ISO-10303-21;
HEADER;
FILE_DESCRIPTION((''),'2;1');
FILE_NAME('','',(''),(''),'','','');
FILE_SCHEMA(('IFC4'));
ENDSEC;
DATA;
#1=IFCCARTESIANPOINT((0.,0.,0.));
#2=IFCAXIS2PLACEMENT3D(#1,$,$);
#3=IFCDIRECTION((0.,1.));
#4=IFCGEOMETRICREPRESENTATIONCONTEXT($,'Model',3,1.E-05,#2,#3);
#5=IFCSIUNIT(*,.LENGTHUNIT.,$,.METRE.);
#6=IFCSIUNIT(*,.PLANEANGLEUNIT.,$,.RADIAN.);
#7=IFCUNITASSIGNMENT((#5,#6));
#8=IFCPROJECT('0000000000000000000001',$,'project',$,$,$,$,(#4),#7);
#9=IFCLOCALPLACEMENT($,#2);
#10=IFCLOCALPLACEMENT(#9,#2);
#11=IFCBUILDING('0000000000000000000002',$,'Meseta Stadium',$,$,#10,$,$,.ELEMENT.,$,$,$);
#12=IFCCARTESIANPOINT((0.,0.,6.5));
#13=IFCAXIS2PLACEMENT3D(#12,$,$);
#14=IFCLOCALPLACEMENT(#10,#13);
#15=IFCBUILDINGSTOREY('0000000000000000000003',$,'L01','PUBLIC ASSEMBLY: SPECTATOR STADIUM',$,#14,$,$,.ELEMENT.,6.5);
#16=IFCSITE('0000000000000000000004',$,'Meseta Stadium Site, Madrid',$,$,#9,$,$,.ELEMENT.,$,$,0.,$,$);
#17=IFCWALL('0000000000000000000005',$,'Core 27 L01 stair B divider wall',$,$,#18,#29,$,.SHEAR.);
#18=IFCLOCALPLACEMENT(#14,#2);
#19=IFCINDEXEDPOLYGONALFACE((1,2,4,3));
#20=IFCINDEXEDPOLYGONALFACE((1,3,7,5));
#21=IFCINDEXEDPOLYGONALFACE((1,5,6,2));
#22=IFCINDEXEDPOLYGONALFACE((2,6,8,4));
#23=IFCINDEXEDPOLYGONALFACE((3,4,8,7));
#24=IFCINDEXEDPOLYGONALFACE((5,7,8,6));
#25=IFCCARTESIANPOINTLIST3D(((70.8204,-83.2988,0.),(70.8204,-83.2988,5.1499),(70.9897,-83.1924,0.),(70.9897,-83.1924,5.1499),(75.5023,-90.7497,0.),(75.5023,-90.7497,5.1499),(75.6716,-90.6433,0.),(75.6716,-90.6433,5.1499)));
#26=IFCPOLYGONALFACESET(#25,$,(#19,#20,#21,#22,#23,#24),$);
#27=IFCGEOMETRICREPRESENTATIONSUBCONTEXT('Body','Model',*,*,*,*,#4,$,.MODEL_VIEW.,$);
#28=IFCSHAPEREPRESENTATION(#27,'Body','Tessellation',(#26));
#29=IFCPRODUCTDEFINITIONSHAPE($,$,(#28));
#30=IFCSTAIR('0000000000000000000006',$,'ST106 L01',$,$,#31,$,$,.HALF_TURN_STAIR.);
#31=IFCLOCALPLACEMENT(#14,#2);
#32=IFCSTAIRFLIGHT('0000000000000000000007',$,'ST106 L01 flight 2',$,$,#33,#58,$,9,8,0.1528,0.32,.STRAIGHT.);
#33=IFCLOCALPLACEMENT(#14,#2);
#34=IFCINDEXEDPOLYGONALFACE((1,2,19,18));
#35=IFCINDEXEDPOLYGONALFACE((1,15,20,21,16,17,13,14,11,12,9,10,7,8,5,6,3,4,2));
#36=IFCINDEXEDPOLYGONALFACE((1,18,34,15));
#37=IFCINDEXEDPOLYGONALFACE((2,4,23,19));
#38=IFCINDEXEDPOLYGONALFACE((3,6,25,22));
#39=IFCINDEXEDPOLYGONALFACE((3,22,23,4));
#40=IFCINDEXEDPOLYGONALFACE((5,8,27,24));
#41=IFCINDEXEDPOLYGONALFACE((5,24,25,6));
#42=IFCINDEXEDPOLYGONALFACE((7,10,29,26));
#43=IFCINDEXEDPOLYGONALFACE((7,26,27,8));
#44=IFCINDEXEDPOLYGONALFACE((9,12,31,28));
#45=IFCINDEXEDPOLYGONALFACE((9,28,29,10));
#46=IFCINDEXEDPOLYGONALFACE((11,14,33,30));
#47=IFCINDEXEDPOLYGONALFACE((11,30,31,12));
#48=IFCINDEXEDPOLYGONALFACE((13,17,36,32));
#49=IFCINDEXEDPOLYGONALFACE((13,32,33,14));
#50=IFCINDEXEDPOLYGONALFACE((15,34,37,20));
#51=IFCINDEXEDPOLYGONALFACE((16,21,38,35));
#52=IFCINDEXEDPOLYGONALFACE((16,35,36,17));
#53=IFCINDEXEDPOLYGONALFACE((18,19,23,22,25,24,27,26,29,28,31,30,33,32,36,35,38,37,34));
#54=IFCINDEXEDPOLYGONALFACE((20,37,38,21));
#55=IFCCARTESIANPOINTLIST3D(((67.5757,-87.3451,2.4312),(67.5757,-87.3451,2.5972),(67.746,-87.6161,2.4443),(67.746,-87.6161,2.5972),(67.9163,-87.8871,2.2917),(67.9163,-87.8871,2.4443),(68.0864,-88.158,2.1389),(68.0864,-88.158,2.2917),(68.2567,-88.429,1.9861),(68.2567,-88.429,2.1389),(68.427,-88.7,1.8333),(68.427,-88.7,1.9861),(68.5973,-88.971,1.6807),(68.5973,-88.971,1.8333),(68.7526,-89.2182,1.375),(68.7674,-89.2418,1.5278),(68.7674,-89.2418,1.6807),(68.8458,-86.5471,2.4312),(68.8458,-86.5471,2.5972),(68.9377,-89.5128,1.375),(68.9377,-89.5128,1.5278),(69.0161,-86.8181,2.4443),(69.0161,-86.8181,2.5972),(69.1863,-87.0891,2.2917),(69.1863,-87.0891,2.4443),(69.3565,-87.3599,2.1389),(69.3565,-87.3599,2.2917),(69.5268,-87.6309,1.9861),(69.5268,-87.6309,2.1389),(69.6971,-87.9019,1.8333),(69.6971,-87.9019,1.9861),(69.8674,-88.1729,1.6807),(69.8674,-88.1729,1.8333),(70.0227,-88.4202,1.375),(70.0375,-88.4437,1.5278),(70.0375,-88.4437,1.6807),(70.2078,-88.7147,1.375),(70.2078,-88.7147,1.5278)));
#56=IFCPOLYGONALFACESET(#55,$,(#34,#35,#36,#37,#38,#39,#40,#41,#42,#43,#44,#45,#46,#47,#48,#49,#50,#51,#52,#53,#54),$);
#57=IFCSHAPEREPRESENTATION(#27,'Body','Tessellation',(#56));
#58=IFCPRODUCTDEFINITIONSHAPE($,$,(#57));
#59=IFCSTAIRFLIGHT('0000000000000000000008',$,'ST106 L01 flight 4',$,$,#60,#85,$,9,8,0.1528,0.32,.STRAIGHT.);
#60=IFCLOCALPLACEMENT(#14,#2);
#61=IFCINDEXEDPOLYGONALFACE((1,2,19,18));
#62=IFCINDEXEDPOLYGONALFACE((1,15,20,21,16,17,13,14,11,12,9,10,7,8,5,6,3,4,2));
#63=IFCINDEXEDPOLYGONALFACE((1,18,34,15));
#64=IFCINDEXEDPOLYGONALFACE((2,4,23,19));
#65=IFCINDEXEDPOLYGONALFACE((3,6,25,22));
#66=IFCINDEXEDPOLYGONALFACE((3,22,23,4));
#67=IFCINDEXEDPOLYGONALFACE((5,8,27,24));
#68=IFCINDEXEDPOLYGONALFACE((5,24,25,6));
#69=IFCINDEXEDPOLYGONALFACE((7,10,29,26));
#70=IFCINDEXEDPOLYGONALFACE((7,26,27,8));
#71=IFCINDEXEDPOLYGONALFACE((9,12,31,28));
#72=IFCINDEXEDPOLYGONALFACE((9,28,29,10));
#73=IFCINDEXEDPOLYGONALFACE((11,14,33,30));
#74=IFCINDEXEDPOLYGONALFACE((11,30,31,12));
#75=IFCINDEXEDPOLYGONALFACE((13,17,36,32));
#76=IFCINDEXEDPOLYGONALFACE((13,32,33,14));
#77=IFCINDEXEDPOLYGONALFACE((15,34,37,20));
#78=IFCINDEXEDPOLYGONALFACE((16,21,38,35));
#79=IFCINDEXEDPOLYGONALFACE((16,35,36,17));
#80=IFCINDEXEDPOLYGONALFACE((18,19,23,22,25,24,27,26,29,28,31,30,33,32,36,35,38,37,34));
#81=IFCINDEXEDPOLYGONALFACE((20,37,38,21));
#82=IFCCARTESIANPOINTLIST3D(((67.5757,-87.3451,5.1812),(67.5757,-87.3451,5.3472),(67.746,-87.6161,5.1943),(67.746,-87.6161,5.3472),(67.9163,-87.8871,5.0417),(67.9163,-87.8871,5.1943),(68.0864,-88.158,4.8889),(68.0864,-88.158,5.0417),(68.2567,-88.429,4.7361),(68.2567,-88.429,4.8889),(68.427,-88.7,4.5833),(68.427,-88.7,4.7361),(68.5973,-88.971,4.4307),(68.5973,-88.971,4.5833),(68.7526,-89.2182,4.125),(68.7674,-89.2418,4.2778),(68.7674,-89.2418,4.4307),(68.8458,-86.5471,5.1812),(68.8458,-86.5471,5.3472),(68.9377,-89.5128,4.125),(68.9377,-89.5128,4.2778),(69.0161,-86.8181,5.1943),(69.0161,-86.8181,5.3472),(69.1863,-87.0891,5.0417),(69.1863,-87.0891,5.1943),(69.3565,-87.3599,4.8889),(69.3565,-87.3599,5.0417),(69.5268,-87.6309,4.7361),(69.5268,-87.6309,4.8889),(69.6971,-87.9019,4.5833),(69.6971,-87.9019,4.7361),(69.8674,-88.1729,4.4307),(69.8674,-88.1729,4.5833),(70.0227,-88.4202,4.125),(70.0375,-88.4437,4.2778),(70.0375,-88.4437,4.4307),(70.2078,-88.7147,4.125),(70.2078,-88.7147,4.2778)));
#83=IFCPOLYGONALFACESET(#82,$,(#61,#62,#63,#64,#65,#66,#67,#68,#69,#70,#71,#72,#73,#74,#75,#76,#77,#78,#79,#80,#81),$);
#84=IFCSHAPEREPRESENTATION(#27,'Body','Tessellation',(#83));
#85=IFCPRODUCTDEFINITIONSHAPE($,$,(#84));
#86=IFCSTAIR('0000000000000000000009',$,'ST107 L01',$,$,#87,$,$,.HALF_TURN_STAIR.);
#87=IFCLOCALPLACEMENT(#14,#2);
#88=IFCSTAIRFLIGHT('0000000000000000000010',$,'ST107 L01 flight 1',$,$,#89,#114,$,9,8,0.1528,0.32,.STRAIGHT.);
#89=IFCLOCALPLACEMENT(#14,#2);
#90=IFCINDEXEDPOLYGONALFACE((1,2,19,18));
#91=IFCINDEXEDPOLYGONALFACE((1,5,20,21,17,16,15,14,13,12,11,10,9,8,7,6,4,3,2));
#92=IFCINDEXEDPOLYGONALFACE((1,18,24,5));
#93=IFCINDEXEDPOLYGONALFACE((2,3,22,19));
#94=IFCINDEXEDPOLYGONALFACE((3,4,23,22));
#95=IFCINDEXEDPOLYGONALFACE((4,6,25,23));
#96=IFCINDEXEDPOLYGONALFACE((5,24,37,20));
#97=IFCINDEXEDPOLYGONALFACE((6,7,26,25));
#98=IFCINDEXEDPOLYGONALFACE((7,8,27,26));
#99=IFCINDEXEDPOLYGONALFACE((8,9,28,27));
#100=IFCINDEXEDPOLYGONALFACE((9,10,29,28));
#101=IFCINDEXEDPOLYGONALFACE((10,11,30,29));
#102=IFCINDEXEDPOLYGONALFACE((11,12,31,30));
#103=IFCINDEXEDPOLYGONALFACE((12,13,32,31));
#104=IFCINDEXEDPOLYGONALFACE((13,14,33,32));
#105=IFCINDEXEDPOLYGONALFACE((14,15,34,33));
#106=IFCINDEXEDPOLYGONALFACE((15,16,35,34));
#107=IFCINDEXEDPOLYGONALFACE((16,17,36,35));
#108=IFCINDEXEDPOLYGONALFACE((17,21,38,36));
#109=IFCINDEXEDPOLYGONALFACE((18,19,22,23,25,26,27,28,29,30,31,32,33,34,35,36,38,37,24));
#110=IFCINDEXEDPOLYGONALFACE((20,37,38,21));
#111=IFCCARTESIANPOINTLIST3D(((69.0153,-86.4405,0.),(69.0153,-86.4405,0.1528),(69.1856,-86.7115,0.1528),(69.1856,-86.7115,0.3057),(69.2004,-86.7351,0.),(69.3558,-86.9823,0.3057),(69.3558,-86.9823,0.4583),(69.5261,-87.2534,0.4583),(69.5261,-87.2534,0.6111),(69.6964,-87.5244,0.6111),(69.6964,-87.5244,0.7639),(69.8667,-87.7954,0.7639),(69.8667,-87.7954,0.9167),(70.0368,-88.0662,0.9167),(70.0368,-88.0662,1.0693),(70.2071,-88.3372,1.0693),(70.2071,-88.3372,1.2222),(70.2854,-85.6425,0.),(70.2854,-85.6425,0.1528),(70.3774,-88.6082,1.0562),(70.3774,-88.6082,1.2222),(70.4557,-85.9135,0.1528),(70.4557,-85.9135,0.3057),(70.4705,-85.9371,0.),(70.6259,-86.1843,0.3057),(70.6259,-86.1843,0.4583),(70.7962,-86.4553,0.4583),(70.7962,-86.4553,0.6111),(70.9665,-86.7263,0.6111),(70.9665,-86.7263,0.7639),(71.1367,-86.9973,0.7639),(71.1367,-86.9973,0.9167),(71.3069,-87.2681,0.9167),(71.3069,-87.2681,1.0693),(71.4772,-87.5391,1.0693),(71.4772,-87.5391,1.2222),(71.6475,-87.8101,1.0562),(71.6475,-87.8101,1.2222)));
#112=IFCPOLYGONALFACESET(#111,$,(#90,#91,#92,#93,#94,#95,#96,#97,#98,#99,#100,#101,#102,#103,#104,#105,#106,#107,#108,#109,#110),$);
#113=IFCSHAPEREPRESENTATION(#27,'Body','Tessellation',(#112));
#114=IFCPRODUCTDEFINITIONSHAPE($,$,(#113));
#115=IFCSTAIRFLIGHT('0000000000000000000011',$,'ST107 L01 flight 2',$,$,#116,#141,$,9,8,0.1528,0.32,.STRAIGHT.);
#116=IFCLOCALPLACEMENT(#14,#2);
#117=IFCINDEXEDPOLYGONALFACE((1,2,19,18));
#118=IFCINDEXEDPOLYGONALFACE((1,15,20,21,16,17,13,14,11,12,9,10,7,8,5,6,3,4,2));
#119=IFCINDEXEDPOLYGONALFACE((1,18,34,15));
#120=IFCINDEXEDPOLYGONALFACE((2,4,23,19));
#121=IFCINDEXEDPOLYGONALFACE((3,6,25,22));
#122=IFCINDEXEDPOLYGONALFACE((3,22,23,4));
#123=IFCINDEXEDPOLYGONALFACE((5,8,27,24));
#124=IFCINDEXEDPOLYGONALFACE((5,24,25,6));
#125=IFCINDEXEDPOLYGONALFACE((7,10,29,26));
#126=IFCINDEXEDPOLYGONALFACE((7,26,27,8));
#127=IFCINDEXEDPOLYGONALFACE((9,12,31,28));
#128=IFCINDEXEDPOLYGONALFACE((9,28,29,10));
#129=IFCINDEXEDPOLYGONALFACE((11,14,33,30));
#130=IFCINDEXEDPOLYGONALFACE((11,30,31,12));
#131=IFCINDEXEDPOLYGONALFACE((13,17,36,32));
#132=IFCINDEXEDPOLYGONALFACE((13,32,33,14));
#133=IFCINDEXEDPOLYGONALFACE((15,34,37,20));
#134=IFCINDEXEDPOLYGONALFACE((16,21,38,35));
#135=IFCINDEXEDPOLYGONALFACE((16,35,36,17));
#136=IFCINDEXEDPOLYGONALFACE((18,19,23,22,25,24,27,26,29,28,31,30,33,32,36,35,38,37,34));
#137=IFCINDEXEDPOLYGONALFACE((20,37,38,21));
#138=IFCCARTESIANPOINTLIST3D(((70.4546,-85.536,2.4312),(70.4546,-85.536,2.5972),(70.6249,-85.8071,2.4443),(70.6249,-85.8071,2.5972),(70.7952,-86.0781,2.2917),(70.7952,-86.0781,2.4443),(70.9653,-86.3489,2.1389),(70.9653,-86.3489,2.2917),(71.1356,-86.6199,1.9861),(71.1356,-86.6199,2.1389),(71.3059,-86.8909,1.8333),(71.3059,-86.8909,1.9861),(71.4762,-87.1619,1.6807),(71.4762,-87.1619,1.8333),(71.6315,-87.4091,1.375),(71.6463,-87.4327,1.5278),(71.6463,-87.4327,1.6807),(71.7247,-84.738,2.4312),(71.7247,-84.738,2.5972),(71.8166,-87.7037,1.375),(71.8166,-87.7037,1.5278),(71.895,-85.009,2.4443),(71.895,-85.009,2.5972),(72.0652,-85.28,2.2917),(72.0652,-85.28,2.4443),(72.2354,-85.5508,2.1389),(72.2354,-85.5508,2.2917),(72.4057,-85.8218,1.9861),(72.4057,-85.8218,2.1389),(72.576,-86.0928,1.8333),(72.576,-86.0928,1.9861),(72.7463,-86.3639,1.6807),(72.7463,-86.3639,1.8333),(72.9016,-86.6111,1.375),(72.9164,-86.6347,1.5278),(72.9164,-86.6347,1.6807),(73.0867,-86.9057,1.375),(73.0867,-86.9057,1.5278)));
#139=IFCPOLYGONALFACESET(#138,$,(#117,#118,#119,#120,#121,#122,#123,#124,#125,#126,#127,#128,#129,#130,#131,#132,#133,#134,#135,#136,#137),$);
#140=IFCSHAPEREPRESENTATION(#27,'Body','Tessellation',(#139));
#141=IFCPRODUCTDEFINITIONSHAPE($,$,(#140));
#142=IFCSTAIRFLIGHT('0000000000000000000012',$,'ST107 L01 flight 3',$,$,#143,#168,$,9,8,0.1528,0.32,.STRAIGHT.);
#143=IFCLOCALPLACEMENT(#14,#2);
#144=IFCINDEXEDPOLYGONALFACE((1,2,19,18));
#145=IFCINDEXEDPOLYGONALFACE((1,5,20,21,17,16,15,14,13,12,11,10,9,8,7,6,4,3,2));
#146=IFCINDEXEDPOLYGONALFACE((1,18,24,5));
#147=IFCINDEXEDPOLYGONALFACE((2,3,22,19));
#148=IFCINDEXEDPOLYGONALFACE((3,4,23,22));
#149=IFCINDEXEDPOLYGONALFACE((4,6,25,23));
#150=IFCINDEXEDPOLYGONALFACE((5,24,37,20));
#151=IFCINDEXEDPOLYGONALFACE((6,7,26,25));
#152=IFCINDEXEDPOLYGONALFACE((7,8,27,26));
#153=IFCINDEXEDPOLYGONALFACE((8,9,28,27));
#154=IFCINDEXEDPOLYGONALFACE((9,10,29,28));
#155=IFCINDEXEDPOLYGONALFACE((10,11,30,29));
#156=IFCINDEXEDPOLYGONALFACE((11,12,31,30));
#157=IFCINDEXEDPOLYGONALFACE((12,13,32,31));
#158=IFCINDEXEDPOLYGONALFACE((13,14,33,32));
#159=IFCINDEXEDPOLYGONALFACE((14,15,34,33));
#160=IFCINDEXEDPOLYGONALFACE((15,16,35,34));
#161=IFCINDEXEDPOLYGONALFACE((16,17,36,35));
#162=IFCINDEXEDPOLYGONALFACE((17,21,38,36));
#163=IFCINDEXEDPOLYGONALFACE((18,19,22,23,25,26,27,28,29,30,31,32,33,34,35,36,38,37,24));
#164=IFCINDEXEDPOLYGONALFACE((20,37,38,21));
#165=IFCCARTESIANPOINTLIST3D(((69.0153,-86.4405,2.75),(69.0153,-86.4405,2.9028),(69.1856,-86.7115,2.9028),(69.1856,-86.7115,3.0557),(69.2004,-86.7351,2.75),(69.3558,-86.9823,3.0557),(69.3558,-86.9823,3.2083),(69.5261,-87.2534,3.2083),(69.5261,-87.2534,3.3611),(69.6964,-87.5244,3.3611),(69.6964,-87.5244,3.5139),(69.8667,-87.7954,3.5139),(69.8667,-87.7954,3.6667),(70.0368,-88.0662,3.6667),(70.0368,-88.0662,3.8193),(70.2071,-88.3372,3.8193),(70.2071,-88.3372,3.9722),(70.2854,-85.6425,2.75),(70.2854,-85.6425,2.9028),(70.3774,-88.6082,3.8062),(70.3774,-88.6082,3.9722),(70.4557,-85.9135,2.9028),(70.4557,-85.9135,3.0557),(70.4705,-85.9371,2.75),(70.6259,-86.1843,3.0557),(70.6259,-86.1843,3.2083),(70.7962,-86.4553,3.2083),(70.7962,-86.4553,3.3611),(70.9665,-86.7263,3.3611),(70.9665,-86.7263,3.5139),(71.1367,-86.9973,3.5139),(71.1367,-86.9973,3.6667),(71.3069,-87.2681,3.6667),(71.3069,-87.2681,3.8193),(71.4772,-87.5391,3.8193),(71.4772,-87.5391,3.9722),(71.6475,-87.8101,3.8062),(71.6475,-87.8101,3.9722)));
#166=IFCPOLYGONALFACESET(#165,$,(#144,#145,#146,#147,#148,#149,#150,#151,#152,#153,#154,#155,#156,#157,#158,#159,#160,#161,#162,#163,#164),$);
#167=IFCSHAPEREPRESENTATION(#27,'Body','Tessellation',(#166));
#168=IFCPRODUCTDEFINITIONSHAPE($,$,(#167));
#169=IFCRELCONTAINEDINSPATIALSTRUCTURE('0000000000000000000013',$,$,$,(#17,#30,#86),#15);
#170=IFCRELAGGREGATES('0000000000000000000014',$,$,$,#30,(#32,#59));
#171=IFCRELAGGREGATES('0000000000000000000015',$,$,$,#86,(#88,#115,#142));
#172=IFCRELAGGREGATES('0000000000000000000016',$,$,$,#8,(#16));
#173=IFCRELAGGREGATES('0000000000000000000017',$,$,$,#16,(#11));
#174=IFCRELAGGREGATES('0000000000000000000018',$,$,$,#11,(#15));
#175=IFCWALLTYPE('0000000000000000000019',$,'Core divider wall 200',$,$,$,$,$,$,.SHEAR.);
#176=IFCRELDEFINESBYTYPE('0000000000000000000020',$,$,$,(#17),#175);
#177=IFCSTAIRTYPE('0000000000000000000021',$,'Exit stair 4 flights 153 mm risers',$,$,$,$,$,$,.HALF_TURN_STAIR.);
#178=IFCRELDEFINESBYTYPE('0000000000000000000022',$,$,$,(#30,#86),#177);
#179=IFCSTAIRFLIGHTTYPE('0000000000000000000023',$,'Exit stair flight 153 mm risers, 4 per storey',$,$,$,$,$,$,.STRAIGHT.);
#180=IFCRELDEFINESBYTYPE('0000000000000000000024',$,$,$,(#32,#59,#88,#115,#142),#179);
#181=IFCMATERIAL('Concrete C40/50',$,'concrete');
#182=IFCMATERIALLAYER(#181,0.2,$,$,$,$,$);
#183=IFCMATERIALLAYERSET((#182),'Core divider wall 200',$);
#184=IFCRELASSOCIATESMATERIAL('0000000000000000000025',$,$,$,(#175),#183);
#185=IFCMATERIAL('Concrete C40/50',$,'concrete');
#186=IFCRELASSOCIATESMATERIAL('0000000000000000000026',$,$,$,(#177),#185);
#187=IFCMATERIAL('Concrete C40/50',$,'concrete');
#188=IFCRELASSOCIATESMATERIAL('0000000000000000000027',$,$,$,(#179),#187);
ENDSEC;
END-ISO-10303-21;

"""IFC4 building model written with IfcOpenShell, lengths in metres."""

from ifc_helpers import new_model, si_unit, direction, frame, frame_2d, origin, place, context, subcontext, project, spatial, polyline, rectangle, outline, extrude, material, layer, layer_set, type_object, element, aggregate, save


model = new_model("IFC4")

# Units and contexts
model_context = context("Model", 3, precision=1e-05, world=origin(), true_north=direction((0.0, 1.0)))
body_context = subcontext(model_context, "Body", "Model", "MODEL_VIEW")
ifc_project = project(units=[si_unit("LENGTHUNIT", "METRE"), si_unit("PLANEANGLEUNIT", "RADIAN")], contexts=[model_context])

# Site, building, storey
site_placement = place(None, origin())
site = spatial("IfcSite", under=ifc_project, at=site_placement, Name="Meseta Stadium Site, Madrid", CompositionType="ELEMENT", RefElevation=0.0)
building_placement = place(site_placement, origin())
building = spatial("IfcBuilding", under=site, at=building_placement, Name="Meseta Stadium", CompositionType="ELEMENT")
storey_placement = place(building_placement, frame((0.0, 0.0, 6.5)))
storey = spatial("IfcBuildingStorey", under=building, at=storey_placement, Name="L01", Description="PUBLIC ASSEMBLY: SPECTATOR STADIUM", CompositionType="ELEMENT", Elevation=6.5)

# Wall
ifc_material_1 = material(Name="Concrete C40/50", Category="concrete")
ifc_layer = layer(ifc_material_1, 0.2)
ifc_layer_set = layer_set([ifc_layer], Name="Core divider wall 200")
wall_type = type_object("IfcWallType", Name="Core divider wall 200", PredefinedType="SHEAR", material=ifc_layer_set)
wall_placement = place(storey_placement, frame((75.5869, -90.6965, 0.0), z_axis=(0.0, 0.0, 1.0), x_axis=(-0.532045, 0.846716, 0.0)))
element("IfcWall", 1, at=wall_placement, inside=storey, type_object=wall_type, Name="Core 27 L01 stair B divider wall", PredefinedType="SHEAR", context=body_context, shape_type="SweptSolid", body=[
    extrude(rectangle(XDim=8.7998, YDim=0.2, at=frame_2d((4.3999, 0.0))), origin(), (0.0, 0.0, 1.0), 5.1499),
])

# Stairs, stair flights
ifc_material_2 = material(Name="Concrete C40/50", Category="concrete")
stair_type = type_object("IfcStairType", Name="Exit stair 4 flights 153 mm risers", PredefinedType="HALF_TURN_STAIR", material=ifc_material_2)
stair_1_placement = place(storey_placement, origin())
stair_1 = element("IfcStair", 2, at=stair_1_placement, inside=storey, type_object=stair_type, Name="ST106 L01", PredefinedType="HALF_TURN_STAIR")
ifc_material_3 = material(Name="Concrete C40/50", Category="concrete")
stair_flight_type = type_object("IfcStairFlightType", Name="Exit stair flight 153 mm risers, 4 per storey", PredefinedType="STRAIGHT", material=ifc_material_3)
stair_flight_1_placement = place(storey_placement, frame((69.5728, -89.1138, 1.375), z_axis=(0.0, 0.0, 1.0), x_axis=(-0.532032, 0.846724, 0.0)))
stair_flight_1 = element("IfcStairFlight", 3, at=stair_flight_1_placement, type_object=stair_flight_type, Name="ST106 L01 flight 2", NumberOfRisers=9, NumberOfTreads=8, PredefinedType="STRAIGHT", RiserHeight=0.1528, TreadLength=0.32, context=body_context, shape_type="SweptSolid", body=[
    extrude(outline(polyline([(0.0, 0.0), (0.0, 0.1528), (0.3201, 0.1528), (0.3201, 0.3057), (0.6399, 0.3057), (0.6399, 0.4583), (0.96, 0.4583), (0.96, 0.6111), (1.28, 0.6111), (1.28, 0.7639), (1.6001, 0.7639), (1.6001, 0.9167), (1.9199, 0.9167), (1.9199, 1.0693), (2.24, 1.0693), (2.24, 1.2222), (2.5601, 1.2222), (2.5601, 1.0562), (0.3479, 0.0), (0.0, 0.0)])), frame((0.0, 0.75, 0.0), z_axis=(0.0, -1.0, 0.0), x_axis=(1.0, 0.0, 0.0)), (0.0, 0.0, 1.0), 1.5),
])
stair_flight_2_placement = place(storey_placement, frame((69.5728, -89.1138, 4.125), z_axis=(0.0, 0.0, 1.0), x_axis=(-0.532032, 0.846724, 0.0)))
stair_flight_2 = element("IfcStairFlight", 4, at=stair_flight_2_placement, type_object=stair_flight_type, Name="ST106 L01 flight 4", NumberOfRisers=9, NumberOfTreads=8, PredefinedType="STRAIGHT", RiserHeight=0.1528, TreadLength=0.32, context=body_context, shape_type="SweptSolid", body=[
    extrude(outline(polyline([(0.0, 0.0), (0.0, 0.1528), (0.3201, 0.1528), (0.3201, 0.3057), (0.6399, 0.3057), (0.6399, 0.4583), (0.96, 0.4583), (0.96, 0.6111), (1.28, 0.6111), (1.28, 0.7639), (1.6001, 0.7639), (1.6001, 0.9167), (1.9199, 0.9167), (1.9199, 1.0693), (2.24, 1.0693), (2.24, 1.2222), (2.5601, 1.2222), (2.5601, 1.0562), (0.3479, 0.0), (0.0, 0.0)])), frame((0.0, 0.75, 0.0), z_axis=(0.0, -1.0, 0.0), x_axis=(1.0, 0.0, 0.0)), (0.0, 0.0, 1.0), 1.5),
])
aggregate(stair_1, [stair_flight_1, stair_flight_2])
stair_2_placement = place(storey_placement, origin())
stair_2 = element("IfcStair", 5, at=stair_2_placement, inside=storey, type_object=stair_type, Name="ST107 L01", PredefinedType="HALF_TURN_STAIR")
stair_flight_3_placement = place(storey_placement, frame((69.6504, -86.0415, 0.0), z_axis=(0.0, 0.0, 1.0), x_axis=(0.532032, -0.846724, 0.0)))
stair_flight_3 = element("IfcStairFlight", 6, at=stair_flight_3_placement, type_object=stair_flight_type, Name="ST107 L01 flight 1", NumberOfRisers=9, NumberOfTreads=8, PredefinedType="STRAIGHT", RiserHeight=0.1528, TreadLength=0.32, context=body_context, shape_type="SweptSolid", body=[
    extrude(outline(polyline([(0.0, 0.0), (0.0, 0.1528), (0.3201, 0.1528), (0.3201, 0.3057), (0.6399, 0.3057), (0.6399, 0.4583), (0.96, 0.4583), (0.96, 0.6111), (1.28, 0.6111), (1.28, 0.7639), (1.6001, 0.7639), (1.6001, 0.9167), (1.9199, 0.9167), (1.9199, 1.0693), (2.24, 1.0693), (2.24, 1.2222), (2.5601, 1.2222), (2.5601, 1.0562), (0.3479, 0.0), (0.0, 0.0)])), frame((0.0, 0.75, 0.0), z_axis=(0.0, -1.0, 0.0), x_axis=(1.0, 0.0, 0.0)), (0.0, 0.0, 1.0), 1.5),
])
stair_flight_4_placement = place(storey_placement, frame((72.4517, -87.3047, 1.375), z_axis=(0.0, 0.0, 1.0), x_axis=(-0.532032, 0.846724, 0.0)))
stair_flight_4 = element("IfcStairFlight", 7, at=stair_flight_4_placement, type_object=stair_flight_type, Name="ST107 L01 flight 2", NumberOfRisers=9, NumberOfTreads=8, PredefinedType="STRAIGHT", RiserHeight=0.1528, TreadLength=0.32, context=body_context, shape_type="SweptSolid", body=[
    extrude(outline(polyline([(0.0, 0.0), (0.0, 0.1528), (0.3201, 0.1528), (0.3201, 0.3057), (0.6399, 0.3057), (0.6399, 0.4583), (0.96, 0.4583), (0.96, 0.6111), (1.28, 0.6111), (1.28, 0.7639), (1.6001, 0.7639), (1.6001, 0.9167), (1.9199, 0.9167), (1.9199, 1.0693), (2.24, 1.0693), (2.24, 1.2222), (2.5601, 1.2222), (2.5601, 1.0562), (0.3479, 0.0), (0.0, 0.0)])), frame((0.0, 0.75, 0.0), z_axis=(0.0, -1.0, 0.0), x_axis=(1.0, 0.0, 0.0)), (0.0, 0.0, 1.0), 1.5),
])
stair_flight_5_placement = place(storey_placement, frame((69.6504, -86.0415, 2.75), z_axis=(0.0, 0.0, 1.0), x_axis=(0.532032, -0.846724, 0.0)))
stair_flight_5 = element("IfcStairFlight", 8, at=stair_flight_5_placement, type_object=stair_flight_type, Name="ST107 L01 flight 3", NumberOfRisers=9, NumberOfTreads=8, PredefinedType="STRAIGHT", RiserHeight=0.1528, TreadLength=0.32, context=body_context, shape_type="SweptSolid", body=[
    extrude(outline(polyline([(0.0, 0.0), (0.0, 0.1528), (0.3201, 0.1528), (0.3201, 0.3057), (0.6399, 0.3057), (0.6399, 0.4583), (0.96, 0.4583), (0.96, 0.6111), (1.28, 0.6111), (1.28, 0.7639), (1.6001, 0.7639), (1.6001, 0.9167), (1.9199, 0.9167), (1.9199, 1.0693), (2.24, 1.0693), (2.24, 1.2222), (2.5601, 1.2222), (2.5601, 1.0562), (0.3479, 0.0), (0.0, 0.0)])), frame((0.0, 0.75, 0.0), z_axis=(0.0, -1.0, 0.0), x_axis=(1.0, 0.0, 0.0)), (0.0, 0.0, 1.0), 1.5),
])
aggregate(stair_2, [stair_flight_3, stair_flight_4, stair_flight_5])

save(model, "model.ifc")
